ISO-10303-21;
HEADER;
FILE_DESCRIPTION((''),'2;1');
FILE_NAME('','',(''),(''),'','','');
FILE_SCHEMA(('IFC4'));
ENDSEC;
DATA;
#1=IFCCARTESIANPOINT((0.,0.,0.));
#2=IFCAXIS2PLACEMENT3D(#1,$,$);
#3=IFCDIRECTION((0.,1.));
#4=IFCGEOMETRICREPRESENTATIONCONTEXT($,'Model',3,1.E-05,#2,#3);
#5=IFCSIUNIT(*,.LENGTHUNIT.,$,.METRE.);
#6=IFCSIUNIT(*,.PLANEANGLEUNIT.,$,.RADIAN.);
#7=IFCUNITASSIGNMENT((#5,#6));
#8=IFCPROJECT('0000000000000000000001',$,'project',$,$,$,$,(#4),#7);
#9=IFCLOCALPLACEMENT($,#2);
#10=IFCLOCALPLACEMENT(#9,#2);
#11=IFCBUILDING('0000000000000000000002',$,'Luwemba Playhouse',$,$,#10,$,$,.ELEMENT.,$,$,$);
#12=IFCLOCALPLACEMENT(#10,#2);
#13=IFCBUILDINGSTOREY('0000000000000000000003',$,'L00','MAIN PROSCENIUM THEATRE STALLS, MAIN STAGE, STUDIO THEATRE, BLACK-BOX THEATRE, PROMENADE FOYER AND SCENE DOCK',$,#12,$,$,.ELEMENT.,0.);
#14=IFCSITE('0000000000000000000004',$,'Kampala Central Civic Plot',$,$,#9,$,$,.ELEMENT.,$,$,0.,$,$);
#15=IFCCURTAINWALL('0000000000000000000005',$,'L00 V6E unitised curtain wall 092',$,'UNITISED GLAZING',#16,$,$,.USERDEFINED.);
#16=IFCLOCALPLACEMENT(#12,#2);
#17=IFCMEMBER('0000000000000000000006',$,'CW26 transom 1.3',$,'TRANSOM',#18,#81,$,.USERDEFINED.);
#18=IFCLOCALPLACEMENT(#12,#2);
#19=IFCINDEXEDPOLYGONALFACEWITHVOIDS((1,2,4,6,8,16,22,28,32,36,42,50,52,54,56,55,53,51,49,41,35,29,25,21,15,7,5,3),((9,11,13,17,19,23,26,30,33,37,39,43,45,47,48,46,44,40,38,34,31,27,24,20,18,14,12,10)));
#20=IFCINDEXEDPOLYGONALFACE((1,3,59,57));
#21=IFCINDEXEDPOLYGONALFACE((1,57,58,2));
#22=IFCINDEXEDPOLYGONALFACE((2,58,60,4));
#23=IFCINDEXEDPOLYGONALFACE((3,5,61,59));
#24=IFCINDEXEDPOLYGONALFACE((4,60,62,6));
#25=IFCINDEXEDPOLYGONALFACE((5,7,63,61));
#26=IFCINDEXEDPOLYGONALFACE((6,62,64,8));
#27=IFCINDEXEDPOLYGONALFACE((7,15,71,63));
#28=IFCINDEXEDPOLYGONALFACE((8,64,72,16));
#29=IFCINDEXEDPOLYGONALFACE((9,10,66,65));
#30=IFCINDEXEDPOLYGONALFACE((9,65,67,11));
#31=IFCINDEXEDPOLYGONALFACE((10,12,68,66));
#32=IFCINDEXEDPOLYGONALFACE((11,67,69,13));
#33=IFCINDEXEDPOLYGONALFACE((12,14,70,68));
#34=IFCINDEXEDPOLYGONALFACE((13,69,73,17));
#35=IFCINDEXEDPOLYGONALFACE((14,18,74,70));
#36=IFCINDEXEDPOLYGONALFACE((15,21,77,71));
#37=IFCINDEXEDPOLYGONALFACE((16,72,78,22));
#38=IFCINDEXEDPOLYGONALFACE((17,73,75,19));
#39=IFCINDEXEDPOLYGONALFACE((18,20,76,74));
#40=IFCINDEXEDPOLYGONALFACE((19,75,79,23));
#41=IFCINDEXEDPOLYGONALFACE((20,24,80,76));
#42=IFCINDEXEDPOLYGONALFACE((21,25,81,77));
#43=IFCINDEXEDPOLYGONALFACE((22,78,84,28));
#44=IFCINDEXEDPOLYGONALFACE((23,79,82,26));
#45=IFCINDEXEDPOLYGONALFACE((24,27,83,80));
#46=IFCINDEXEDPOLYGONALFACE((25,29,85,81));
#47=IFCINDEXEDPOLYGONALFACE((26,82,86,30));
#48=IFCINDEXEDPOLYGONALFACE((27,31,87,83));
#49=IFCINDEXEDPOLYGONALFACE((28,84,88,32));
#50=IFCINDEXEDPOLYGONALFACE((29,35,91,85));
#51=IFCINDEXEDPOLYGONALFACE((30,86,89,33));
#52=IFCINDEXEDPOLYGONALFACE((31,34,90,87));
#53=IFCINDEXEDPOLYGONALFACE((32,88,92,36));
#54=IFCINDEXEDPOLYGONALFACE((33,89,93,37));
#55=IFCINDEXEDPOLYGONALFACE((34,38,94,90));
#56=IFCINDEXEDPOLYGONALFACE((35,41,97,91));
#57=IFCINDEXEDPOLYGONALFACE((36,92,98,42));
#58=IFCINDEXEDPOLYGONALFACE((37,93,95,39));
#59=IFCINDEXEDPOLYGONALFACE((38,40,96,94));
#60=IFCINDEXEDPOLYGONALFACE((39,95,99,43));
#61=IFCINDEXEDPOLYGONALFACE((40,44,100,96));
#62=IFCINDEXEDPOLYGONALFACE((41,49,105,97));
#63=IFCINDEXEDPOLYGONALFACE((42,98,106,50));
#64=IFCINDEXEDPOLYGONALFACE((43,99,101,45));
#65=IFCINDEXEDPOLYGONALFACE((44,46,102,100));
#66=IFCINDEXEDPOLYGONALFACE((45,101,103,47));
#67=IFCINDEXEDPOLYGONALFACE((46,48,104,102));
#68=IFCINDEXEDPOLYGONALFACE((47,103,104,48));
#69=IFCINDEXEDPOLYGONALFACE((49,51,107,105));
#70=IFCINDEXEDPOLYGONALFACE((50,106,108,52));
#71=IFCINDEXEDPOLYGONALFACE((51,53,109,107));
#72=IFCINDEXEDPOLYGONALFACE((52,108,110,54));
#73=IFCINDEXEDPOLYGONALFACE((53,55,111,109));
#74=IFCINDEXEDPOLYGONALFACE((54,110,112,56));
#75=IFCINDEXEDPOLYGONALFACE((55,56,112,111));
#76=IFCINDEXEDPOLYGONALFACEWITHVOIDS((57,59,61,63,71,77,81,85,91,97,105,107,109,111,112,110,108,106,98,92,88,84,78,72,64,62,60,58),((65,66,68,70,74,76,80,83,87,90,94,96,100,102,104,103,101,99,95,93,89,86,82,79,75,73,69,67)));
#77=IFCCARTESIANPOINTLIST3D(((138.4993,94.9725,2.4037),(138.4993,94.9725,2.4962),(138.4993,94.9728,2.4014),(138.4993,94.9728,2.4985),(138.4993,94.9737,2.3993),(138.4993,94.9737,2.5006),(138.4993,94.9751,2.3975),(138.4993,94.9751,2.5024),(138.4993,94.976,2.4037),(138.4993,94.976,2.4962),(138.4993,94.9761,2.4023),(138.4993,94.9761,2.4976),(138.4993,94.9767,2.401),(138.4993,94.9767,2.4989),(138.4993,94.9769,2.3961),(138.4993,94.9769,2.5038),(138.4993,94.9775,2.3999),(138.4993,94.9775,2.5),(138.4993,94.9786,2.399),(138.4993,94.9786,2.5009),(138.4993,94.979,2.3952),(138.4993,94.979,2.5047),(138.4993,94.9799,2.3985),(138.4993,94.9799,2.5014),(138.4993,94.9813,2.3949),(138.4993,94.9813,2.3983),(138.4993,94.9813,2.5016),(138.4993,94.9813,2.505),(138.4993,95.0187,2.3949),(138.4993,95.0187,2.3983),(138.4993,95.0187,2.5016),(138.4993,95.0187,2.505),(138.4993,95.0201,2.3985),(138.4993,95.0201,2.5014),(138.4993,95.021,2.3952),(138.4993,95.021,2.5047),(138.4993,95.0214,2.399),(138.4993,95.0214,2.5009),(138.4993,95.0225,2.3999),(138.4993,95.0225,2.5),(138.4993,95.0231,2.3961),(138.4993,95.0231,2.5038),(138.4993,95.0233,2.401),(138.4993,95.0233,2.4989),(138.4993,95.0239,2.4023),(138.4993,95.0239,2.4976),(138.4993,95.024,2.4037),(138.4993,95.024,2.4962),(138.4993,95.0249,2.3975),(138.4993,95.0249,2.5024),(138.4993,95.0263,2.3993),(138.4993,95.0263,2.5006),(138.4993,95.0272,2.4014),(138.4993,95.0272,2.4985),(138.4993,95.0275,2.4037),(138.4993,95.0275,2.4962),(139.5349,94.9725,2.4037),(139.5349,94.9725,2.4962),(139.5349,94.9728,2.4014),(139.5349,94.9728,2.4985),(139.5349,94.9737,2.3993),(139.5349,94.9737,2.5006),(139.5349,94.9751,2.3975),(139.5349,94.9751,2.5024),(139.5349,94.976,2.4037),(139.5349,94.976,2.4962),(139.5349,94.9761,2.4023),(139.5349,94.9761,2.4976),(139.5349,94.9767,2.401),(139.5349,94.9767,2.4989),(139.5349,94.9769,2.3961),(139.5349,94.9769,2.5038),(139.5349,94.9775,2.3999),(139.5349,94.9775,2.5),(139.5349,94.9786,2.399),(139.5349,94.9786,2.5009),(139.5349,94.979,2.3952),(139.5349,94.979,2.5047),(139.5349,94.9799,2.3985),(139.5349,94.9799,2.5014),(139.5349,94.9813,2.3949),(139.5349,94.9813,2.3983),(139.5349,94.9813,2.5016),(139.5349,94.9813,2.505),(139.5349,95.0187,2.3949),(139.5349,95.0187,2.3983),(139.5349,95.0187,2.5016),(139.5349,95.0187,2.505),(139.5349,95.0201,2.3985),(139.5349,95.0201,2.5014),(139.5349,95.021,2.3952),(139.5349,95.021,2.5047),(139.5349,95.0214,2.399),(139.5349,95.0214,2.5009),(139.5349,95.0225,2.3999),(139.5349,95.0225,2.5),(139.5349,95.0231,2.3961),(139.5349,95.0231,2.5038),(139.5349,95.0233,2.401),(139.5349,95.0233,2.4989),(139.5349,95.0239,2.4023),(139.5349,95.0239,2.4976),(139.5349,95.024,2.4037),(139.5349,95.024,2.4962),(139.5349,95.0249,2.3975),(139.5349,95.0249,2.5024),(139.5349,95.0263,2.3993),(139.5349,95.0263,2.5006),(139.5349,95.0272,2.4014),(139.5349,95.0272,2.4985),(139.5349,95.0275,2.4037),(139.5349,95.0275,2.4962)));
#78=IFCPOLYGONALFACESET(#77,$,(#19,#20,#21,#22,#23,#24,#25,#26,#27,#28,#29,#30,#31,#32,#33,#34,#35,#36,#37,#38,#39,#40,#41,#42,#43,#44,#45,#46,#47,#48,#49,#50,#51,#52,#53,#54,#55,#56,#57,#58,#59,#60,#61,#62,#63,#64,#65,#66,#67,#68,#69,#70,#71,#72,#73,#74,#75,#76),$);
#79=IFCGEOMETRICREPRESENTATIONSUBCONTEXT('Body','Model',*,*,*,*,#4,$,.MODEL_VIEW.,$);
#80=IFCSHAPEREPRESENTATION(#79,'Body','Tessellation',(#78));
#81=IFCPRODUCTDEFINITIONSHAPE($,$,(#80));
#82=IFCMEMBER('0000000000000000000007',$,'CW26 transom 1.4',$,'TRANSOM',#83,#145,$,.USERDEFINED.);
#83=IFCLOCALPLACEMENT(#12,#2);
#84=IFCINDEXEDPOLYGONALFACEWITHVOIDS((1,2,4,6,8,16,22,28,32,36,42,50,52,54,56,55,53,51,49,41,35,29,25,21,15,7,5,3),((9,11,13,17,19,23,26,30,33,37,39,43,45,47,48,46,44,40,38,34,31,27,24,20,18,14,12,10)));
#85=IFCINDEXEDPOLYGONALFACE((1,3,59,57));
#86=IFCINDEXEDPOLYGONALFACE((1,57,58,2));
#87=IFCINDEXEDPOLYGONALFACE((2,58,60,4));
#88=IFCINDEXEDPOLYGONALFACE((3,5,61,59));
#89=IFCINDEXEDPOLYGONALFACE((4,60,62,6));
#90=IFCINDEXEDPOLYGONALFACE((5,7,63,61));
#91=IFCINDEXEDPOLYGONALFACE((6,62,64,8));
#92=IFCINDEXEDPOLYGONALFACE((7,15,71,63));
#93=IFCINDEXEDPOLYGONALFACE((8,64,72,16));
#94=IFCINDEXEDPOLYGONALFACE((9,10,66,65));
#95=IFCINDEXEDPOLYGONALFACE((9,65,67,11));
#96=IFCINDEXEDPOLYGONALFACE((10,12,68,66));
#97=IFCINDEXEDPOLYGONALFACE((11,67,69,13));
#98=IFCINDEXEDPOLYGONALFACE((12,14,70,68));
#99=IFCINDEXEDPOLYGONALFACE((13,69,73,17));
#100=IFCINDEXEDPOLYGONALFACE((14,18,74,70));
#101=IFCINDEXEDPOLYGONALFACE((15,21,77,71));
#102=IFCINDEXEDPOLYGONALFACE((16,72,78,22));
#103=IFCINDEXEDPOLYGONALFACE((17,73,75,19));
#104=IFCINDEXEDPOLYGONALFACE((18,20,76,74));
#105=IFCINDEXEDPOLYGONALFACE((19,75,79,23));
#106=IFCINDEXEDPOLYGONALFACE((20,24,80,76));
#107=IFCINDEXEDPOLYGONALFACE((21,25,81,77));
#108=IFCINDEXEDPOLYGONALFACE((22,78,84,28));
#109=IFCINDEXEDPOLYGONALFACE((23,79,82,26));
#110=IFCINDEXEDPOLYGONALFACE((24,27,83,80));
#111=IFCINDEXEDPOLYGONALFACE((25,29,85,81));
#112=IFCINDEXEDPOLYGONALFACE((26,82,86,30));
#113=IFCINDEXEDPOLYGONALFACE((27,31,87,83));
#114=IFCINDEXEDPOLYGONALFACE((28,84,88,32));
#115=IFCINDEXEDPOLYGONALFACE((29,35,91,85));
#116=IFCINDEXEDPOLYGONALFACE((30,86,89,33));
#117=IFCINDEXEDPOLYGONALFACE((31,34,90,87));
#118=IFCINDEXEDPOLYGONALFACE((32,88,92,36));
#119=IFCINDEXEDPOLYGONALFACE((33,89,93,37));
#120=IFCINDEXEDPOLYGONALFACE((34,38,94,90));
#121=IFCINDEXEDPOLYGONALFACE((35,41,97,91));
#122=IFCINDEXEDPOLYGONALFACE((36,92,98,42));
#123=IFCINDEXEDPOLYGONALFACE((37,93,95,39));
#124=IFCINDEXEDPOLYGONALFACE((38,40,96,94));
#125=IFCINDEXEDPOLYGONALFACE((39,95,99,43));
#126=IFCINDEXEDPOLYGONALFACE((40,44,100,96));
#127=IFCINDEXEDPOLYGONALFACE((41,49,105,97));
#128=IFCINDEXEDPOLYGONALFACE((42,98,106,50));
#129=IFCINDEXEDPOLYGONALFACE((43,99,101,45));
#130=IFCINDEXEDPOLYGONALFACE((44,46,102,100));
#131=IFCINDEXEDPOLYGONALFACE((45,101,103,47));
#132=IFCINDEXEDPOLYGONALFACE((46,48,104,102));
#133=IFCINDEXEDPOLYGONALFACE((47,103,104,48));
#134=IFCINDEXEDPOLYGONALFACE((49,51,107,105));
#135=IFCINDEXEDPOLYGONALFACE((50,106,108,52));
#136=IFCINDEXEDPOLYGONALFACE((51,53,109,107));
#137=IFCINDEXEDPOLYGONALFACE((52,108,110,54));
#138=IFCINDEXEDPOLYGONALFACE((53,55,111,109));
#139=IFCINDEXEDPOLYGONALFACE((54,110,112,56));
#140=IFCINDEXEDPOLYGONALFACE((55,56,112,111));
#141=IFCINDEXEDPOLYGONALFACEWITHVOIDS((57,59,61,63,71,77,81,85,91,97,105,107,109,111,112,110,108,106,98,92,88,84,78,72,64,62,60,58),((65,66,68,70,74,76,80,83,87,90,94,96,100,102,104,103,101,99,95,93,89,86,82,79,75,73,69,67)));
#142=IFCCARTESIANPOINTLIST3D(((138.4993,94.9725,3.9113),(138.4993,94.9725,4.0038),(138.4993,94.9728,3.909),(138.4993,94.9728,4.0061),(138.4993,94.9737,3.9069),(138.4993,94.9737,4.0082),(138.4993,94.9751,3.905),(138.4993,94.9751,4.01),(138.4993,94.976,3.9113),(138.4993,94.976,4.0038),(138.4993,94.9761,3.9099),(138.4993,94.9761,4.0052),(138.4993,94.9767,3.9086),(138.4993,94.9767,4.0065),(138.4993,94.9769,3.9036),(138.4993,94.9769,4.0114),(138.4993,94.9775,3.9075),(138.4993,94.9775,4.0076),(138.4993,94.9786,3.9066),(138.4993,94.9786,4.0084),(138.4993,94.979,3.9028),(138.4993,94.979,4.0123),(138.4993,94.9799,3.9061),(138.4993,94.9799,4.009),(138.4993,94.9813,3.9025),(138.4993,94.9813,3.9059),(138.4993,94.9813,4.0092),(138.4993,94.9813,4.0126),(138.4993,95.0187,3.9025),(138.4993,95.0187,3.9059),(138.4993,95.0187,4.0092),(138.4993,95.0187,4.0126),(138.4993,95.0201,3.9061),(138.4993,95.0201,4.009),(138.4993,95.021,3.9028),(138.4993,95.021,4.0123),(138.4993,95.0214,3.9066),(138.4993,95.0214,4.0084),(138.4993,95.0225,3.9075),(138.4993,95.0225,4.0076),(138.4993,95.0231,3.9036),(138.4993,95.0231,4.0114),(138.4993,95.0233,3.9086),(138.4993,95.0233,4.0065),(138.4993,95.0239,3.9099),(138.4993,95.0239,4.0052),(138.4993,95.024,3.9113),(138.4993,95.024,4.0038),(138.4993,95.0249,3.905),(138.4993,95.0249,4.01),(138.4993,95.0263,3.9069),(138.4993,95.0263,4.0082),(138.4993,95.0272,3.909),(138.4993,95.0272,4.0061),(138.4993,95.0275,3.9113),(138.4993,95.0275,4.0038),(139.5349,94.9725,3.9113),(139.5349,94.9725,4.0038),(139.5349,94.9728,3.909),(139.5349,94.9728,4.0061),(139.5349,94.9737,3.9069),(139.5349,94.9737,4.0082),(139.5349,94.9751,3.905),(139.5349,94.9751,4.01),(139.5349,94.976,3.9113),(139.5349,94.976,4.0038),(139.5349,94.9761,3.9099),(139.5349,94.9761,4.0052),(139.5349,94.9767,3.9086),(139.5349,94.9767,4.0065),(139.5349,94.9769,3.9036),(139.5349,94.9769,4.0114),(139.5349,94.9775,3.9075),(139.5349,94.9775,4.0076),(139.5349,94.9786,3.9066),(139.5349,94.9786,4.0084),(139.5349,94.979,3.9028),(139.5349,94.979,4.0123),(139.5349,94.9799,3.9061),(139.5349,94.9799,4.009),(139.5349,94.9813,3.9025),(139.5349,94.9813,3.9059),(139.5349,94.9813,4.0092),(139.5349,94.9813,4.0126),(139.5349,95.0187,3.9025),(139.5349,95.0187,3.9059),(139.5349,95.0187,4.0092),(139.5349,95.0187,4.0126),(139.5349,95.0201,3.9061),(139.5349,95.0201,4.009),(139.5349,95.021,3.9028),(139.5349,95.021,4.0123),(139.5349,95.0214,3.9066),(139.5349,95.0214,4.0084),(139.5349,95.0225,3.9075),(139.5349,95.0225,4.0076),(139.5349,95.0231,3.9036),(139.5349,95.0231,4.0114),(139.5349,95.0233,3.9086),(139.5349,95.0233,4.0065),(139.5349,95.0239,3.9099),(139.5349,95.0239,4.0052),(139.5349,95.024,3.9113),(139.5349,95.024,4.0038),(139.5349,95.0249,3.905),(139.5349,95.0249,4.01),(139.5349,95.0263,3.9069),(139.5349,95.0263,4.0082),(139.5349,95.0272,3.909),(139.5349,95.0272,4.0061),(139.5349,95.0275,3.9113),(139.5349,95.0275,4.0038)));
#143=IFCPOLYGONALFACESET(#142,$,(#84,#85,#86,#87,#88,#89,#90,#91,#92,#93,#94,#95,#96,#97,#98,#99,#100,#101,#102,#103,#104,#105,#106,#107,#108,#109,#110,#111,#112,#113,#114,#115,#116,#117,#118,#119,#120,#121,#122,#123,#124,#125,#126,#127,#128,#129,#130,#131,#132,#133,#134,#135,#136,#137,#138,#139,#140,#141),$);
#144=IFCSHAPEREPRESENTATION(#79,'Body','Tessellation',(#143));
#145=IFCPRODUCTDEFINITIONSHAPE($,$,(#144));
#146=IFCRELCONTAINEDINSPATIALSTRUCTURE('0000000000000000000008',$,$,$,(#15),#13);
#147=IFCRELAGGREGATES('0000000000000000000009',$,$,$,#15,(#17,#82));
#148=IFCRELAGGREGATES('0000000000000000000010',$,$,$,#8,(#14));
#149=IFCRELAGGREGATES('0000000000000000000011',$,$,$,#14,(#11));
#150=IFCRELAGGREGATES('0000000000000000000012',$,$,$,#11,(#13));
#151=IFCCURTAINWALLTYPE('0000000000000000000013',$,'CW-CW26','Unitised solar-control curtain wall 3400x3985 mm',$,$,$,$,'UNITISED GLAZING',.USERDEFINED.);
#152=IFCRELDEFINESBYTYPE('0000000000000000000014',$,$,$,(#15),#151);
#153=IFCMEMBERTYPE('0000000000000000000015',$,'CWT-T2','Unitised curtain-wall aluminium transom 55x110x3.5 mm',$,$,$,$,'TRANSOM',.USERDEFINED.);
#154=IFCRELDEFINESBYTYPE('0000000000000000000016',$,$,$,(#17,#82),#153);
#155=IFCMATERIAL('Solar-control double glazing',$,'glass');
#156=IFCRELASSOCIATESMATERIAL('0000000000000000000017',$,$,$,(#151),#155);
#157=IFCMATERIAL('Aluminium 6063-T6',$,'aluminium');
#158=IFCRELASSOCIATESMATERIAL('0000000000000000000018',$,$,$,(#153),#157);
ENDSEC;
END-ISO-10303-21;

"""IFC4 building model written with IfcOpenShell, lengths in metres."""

from ifc_helpers import new_model, si_unit, direction, frame, origin, origin_2d, place, context, subcontext, project, spatial, hollow_rectangle, extrude, material, material_profile, profile_set, type_object, element, aggregate, save


model = new_model("IFC4")

# Units and contexts
model_context = context("Model", 3, precision=1e-05, world=origin(), true_north=direction((0.0, 1.0)))
body_context = subcontext(model_context, "Body", "Model", "MODEL_VIEW")
ifc_project = project(units=[si_unit("LENGTHUNIT", "METRE"), si_unit("PLANEANGLEUNIT", "RADIAN")], contexts=[model_context])

# Site, building, storey
site_placement = place(None, origin())
site = spatial("IfcSite", under=ifc_project, at=site_placement, Name="Kampala Central Civic Plot", CompositionType="ELEMENT", RefElevation=0.0)
building_placement = place(site_placement, origin())
building = spatial("IfcBuilding", under=site, at=building_placement, Name="Luwemba Playhouse", CompositionType="ELEMENT")
storey_placement = place(building_placement, origin())
storey = spatial("IfcBuildingStorey", under=building, at=storey_placement, Name="L00", Description="MAIN PROSCENIUM THEATRE STALLS, MAIN STAGE, STUDIO THEATRE, BLACK-BOX THEATRE, PROMENADE FOYER AND SCENE DOCK", CompositionType="ELEMENT", Elevation=0.0)

# Shared definitions
ifc_material_1 = material(Name="Solar-control double glazing", Category="glass")
ifc_material_2 = material(Name="Aluminium 6063-T6", Category="aluminium")

# Curtain wall, members
curtain_wall_type_1 = type_object("IfcCurtainWallType", Name="CW-CW26", Description="Unitised solar-control curtain wall 3400x3985 mm", ElementType="UNITISED GLAZING", PredefinedType="USERDEFINED", material=ifc_material_1)
curtain_wall_1_placement = place(storey_placement, origin())
curtain_wall_1 = element("IfcCurtainWall", 1, at=curtain_wall_1_placement, inside=storey, type_object=curtain_wall_type_1, Name="L00 V6E unitised curtain wall 092", ObjectType="UNITISED GLAZING", PredefinedType="USERDEFINED")
ifc_material_profile_1 = material_profile(ifc_material_2, hollow_rectangle(XDim=0.0549, YDim=0.1101, WallThickness=0.0034, InnerFilletRadius=0.0054, OuterFilletRadius=0.0088, at=origin_2d()))
ifc_profile_set_1 = profile_set([ifc_material_profile_1], Name="Aluminium 6063-T6")
member_type_1 = type_object("IfcMemberType", Name="CWT-T2", Description="Unitised curtain-wall aluminium transom 55x110x3.5 mm", ElementType="TRANSOM", PredefinedType="USERDEFINED", material=ifc_profile_set_1)
member_1_placement = place(storey_placement, frame((139.5349, 95.0, 2.45), z_axis=(-1.0, 0.0, 0.0), x_axis=(0.0, -1.0, 0.0)))
member_1 = element("IfcMember", 2, at=member_1_placement, type_object=member_type_1, Name="CW26 transom 1.3", ObjectType="TRANSOM", PredefinedType="USERDEFINED", context=body_context, shape_type="SweptSolid", body=[
    extrude(hollow_rectangle(XDim=0.0549, YDim=0.1101, WallThickness=0.0034, InnerFilletRadius=0.0054, OuterFilletRadius=0.0088, at=origin_2d()), origin(), (0.0, 0.0, 1.0), 1.0356),
])
member_2_placement = place(storey_placement, frame((139.5349, 95.0, 3.9575), z_axis=(-1.0, 0.0, 0.0), x_axis=(0.0, -1.0, 0.0)))
member_2 = element("IfcMember", 3, at=member_2_placement, type_object=member_type_1, Name="CW26 transom 1.4", ObjectType="TRANSOM", PredefinedType="USERDEFINED", context=body_context, shape_type="SweptSolid", body=[
    extrude(hollow_rectangle(XDim=0.0549, YDim=0.1101, WallThickness=0.0034, InnerFilletRadius=0.0054, OuterFilletRadius=0.0088, at=origin_2d()), origin(), (0.0, 0.0, 1.0), 1.0356),
])

aggregate(curtain_wall_1, [member_1, member_2])

save(model, "model.ifc")
